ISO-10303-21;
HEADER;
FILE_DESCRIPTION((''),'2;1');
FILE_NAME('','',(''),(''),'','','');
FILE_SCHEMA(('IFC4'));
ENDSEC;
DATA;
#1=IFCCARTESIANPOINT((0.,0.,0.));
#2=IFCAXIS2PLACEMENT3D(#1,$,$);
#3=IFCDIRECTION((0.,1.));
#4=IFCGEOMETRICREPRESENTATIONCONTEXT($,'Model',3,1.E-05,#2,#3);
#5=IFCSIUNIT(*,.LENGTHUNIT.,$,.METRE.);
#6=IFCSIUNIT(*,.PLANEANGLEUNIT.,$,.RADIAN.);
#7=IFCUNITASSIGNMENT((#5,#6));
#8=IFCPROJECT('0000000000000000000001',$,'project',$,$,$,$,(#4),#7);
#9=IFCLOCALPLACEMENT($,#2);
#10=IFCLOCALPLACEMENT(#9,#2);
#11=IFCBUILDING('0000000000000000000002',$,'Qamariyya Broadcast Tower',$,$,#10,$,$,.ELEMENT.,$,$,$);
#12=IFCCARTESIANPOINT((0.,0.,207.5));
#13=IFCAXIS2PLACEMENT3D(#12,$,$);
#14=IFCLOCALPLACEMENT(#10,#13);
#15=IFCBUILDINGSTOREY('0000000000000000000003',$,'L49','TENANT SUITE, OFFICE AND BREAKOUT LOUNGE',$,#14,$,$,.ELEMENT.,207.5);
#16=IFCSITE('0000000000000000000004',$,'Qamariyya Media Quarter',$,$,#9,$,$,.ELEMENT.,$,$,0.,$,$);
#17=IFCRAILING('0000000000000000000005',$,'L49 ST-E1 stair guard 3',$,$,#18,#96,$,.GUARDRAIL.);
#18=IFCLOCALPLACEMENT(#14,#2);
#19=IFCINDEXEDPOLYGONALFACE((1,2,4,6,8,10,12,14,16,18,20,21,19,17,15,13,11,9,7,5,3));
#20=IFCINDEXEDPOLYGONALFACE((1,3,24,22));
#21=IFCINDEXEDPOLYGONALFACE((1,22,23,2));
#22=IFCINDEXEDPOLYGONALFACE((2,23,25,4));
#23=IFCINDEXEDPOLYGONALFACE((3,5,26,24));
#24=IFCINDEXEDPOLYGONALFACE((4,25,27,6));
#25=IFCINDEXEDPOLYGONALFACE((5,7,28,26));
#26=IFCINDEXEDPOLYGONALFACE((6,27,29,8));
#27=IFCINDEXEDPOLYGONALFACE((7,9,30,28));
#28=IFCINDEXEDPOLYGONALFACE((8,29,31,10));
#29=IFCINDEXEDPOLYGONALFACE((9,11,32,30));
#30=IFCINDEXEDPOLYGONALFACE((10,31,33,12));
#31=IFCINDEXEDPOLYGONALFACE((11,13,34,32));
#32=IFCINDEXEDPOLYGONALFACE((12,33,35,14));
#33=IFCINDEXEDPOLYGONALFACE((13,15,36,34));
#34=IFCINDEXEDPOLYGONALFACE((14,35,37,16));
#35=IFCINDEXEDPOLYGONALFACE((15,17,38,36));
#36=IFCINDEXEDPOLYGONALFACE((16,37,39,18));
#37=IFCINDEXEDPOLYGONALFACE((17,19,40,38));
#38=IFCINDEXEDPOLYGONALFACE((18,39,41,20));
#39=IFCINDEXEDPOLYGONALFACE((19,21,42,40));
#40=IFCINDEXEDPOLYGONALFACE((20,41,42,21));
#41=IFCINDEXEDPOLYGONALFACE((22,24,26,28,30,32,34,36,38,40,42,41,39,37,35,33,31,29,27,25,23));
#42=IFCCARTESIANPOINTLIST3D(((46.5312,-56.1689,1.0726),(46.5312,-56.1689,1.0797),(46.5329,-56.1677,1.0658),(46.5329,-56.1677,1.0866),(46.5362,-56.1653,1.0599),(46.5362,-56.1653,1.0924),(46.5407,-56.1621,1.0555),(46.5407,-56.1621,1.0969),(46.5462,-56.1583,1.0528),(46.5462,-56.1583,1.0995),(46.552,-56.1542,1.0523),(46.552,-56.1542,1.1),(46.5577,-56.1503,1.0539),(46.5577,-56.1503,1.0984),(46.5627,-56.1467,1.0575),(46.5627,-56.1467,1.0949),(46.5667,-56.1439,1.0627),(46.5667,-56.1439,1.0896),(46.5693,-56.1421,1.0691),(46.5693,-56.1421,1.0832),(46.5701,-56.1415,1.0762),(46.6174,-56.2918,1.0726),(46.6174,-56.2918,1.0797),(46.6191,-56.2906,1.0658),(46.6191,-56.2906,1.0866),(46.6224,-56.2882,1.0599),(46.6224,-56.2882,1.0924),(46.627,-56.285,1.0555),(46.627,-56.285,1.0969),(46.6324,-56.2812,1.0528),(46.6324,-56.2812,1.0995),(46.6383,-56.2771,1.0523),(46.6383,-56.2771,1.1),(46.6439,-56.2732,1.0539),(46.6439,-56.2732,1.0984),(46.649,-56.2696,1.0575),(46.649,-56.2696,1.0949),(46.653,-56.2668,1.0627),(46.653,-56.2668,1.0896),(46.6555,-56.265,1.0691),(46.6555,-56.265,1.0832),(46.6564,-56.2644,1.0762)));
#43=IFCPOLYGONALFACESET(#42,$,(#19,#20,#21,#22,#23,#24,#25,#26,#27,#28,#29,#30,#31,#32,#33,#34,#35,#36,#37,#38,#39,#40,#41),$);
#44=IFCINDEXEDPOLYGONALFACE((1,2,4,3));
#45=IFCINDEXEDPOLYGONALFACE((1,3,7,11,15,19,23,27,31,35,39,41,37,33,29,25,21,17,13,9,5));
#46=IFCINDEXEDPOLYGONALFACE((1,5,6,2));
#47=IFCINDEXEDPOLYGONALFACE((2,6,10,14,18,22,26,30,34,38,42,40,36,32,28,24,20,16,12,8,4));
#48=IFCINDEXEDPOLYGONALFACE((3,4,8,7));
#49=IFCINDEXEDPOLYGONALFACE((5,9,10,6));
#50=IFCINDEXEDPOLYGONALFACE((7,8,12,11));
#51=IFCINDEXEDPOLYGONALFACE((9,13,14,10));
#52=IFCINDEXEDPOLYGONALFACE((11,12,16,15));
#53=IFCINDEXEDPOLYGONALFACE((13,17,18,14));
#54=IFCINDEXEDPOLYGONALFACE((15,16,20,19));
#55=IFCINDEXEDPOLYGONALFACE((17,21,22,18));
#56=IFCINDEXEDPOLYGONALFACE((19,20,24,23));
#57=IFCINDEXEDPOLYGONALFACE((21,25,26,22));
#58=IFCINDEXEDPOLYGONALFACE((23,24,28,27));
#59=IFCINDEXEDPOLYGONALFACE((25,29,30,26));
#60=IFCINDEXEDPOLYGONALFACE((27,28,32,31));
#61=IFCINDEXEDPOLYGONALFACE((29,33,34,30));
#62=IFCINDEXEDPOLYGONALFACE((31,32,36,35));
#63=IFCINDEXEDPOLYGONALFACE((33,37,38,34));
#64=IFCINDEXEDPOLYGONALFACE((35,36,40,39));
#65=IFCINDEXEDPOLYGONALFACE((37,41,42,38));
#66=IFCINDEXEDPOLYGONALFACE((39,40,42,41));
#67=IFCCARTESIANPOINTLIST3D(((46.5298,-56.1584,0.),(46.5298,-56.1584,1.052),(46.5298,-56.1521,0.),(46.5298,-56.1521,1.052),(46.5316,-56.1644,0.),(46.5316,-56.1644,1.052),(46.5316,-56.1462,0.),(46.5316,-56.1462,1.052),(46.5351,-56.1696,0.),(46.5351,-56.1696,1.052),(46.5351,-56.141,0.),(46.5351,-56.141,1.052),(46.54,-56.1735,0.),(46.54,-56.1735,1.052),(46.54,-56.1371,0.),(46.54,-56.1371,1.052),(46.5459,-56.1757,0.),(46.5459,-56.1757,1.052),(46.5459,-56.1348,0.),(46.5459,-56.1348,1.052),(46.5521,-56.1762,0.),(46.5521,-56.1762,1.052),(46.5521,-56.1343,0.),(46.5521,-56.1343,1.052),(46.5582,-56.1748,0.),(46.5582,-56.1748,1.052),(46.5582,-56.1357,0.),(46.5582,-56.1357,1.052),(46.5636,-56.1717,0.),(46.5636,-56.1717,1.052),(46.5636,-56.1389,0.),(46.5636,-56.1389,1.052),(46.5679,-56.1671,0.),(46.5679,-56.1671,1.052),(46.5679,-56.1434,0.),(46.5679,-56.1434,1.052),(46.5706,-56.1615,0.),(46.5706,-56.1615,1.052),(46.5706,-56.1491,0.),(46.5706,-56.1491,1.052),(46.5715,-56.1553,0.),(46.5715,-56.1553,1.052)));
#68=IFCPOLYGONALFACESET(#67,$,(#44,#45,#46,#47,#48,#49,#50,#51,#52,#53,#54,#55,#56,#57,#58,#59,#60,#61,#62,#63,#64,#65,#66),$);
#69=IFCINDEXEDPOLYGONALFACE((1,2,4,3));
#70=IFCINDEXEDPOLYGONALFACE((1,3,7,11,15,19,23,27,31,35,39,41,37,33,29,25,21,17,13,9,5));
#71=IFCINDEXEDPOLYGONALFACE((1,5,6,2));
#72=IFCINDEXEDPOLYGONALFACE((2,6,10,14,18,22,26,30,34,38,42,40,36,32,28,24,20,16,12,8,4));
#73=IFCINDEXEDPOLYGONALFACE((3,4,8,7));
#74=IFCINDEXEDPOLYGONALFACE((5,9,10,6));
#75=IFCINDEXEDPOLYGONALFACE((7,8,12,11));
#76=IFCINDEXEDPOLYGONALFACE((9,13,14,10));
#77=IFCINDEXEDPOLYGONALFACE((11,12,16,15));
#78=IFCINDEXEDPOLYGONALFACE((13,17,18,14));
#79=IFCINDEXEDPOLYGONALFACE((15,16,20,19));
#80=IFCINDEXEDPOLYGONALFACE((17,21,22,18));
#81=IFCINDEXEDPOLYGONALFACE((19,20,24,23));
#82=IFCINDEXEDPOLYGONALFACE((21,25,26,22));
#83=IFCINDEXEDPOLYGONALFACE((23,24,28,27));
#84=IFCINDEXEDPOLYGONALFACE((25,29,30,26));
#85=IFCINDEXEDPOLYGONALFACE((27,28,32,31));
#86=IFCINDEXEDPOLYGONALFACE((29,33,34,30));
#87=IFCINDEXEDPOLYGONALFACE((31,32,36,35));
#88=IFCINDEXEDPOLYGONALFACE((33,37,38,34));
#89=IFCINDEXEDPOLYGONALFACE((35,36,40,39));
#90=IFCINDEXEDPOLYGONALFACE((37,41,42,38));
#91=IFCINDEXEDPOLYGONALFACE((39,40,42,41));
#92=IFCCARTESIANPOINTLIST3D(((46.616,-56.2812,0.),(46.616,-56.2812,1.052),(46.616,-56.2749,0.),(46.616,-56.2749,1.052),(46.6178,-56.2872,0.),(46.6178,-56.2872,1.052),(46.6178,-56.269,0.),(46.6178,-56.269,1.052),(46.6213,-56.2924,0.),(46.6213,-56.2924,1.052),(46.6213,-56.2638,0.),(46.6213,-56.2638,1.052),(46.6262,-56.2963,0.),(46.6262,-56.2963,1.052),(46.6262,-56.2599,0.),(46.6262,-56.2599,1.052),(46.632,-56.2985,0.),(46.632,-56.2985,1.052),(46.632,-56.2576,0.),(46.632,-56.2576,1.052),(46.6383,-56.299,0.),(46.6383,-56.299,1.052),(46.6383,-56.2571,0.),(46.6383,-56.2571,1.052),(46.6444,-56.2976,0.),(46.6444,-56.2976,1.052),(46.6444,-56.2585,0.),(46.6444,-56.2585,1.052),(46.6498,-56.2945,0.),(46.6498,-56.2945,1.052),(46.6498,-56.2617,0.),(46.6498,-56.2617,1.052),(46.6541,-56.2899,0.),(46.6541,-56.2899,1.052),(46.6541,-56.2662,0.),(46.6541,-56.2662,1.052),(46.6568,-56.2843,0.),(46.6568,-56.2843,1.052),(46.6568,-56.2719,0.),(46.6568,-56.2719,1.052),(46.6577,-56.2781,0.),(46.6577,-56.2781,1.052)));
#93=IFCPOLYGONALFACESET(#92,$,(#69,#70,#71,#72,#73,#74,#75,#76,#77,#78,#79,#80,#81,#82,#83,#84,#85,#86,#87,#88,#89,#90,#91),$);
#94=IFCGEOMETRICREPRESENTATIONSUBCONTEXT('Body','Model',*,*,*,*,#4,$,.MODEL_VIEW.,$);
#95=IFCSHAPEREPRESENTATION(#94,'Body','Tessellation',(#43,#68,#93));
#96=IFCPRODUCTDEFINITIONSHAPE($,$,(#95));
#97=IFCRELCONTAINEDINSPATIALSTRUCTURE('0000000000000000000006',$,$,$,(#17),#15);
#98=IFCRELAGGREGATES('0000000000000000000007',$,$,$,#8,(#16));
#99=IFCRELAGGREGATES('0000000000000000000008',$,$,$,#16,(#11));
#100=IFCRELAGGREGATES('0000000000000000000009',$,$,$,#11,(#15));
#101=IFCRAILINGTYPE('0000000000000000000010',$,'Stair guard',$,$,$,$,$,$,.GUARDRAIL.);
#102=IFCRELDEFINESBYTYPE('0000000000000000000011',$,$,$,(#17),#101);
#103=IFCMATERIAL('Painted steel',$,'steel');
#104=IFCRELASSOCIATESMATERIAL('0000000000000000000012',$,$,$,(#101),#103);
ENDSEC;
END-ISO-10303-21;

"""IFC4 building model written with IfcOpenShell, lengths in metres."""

from ifc_helpers import new_model, si_unit, direction, frame, origin, origin_2d, place, context, subcontext, project, spatial, circle, extrude, material, type_object, element, save


model = new_model("IFC4")

# Units and contexts
model_context = context("Model", 3, precision=1e-05, world=origin(), true_north=direction((0.0, 1.0)))
body_context = subcontext(model_context, "Body", "Model", "MODEL_VIEW")
ifc_project = project(units=[si_unit("LENGTHUNIT", "METRE"), si_unit("PLANEANGLEUNIT", "RADIAN")], contexts=[model_context])

# Site, building, storey
site_placement = place(None, origin())
site = spatial("IfcSite", under=ifc_project, at=site_placement, Name="Qamariyya Media Quarter", CompositionType="ELEMENT", RefElevation=0.0)
building_placement = place(site_placement, origin())
building = spatial("IfcBuilding", under=site, at=building_placement, Name="Qamariyya Broadcast Tower", CompositionType="ELEMENT")
storey_placement = place(building_placement, frame((0.0, 0.0, 207.5)))
storey = spatial("IfcBuildingStorey", under=building, at=storey_placement, Name="L49", Description="TENANT SUITE, OFFICE AND BREAKOUT LOUNGE", CompositionType="ELEMENT", Elevation=207.5)

# Railing
ifc_material_1 = material(Name="Painted steel", Category="steel")
railing_type_1 = type_object("IfcRailingType", Name="Stair guard", PredefinedType="GUARDRAIL", material=ifc_material_1)
railing_1_placement = place(storey_placement, frame((46.5505, -56.1553, 0.0)))
element("IfcRailing", 1, at=railing_1_placement, inside=storey, type_object=railing_type_1, Name="L49 ST-E1 stair guard 3", PredefinedType="GUARDRAIL", context=body_context, shape_type="SweptSolid", body=[
    extrude(circle(Radius=0.0239, at=origin_2d()), frame((0.0, 0.0, 1.0762), z_axis=(0.574445, -0.818543, 0.0), x_axis=(0.818543, 0.574445, 0.0)), (0.0, 0.0, 1.0), 0.1501),
    extrude(circle(Radius=0.021, at=origin_2d()), origin(), (0.0, 0.0, 1.0), 1.052),
    extrude(circle(Radius=0.021, at=origin_2d()), frame((0.0862, -0.1228, 0.0)), (0.0, 0.0, 1.0), 1.052),
])

save(model, "model.ifc")
